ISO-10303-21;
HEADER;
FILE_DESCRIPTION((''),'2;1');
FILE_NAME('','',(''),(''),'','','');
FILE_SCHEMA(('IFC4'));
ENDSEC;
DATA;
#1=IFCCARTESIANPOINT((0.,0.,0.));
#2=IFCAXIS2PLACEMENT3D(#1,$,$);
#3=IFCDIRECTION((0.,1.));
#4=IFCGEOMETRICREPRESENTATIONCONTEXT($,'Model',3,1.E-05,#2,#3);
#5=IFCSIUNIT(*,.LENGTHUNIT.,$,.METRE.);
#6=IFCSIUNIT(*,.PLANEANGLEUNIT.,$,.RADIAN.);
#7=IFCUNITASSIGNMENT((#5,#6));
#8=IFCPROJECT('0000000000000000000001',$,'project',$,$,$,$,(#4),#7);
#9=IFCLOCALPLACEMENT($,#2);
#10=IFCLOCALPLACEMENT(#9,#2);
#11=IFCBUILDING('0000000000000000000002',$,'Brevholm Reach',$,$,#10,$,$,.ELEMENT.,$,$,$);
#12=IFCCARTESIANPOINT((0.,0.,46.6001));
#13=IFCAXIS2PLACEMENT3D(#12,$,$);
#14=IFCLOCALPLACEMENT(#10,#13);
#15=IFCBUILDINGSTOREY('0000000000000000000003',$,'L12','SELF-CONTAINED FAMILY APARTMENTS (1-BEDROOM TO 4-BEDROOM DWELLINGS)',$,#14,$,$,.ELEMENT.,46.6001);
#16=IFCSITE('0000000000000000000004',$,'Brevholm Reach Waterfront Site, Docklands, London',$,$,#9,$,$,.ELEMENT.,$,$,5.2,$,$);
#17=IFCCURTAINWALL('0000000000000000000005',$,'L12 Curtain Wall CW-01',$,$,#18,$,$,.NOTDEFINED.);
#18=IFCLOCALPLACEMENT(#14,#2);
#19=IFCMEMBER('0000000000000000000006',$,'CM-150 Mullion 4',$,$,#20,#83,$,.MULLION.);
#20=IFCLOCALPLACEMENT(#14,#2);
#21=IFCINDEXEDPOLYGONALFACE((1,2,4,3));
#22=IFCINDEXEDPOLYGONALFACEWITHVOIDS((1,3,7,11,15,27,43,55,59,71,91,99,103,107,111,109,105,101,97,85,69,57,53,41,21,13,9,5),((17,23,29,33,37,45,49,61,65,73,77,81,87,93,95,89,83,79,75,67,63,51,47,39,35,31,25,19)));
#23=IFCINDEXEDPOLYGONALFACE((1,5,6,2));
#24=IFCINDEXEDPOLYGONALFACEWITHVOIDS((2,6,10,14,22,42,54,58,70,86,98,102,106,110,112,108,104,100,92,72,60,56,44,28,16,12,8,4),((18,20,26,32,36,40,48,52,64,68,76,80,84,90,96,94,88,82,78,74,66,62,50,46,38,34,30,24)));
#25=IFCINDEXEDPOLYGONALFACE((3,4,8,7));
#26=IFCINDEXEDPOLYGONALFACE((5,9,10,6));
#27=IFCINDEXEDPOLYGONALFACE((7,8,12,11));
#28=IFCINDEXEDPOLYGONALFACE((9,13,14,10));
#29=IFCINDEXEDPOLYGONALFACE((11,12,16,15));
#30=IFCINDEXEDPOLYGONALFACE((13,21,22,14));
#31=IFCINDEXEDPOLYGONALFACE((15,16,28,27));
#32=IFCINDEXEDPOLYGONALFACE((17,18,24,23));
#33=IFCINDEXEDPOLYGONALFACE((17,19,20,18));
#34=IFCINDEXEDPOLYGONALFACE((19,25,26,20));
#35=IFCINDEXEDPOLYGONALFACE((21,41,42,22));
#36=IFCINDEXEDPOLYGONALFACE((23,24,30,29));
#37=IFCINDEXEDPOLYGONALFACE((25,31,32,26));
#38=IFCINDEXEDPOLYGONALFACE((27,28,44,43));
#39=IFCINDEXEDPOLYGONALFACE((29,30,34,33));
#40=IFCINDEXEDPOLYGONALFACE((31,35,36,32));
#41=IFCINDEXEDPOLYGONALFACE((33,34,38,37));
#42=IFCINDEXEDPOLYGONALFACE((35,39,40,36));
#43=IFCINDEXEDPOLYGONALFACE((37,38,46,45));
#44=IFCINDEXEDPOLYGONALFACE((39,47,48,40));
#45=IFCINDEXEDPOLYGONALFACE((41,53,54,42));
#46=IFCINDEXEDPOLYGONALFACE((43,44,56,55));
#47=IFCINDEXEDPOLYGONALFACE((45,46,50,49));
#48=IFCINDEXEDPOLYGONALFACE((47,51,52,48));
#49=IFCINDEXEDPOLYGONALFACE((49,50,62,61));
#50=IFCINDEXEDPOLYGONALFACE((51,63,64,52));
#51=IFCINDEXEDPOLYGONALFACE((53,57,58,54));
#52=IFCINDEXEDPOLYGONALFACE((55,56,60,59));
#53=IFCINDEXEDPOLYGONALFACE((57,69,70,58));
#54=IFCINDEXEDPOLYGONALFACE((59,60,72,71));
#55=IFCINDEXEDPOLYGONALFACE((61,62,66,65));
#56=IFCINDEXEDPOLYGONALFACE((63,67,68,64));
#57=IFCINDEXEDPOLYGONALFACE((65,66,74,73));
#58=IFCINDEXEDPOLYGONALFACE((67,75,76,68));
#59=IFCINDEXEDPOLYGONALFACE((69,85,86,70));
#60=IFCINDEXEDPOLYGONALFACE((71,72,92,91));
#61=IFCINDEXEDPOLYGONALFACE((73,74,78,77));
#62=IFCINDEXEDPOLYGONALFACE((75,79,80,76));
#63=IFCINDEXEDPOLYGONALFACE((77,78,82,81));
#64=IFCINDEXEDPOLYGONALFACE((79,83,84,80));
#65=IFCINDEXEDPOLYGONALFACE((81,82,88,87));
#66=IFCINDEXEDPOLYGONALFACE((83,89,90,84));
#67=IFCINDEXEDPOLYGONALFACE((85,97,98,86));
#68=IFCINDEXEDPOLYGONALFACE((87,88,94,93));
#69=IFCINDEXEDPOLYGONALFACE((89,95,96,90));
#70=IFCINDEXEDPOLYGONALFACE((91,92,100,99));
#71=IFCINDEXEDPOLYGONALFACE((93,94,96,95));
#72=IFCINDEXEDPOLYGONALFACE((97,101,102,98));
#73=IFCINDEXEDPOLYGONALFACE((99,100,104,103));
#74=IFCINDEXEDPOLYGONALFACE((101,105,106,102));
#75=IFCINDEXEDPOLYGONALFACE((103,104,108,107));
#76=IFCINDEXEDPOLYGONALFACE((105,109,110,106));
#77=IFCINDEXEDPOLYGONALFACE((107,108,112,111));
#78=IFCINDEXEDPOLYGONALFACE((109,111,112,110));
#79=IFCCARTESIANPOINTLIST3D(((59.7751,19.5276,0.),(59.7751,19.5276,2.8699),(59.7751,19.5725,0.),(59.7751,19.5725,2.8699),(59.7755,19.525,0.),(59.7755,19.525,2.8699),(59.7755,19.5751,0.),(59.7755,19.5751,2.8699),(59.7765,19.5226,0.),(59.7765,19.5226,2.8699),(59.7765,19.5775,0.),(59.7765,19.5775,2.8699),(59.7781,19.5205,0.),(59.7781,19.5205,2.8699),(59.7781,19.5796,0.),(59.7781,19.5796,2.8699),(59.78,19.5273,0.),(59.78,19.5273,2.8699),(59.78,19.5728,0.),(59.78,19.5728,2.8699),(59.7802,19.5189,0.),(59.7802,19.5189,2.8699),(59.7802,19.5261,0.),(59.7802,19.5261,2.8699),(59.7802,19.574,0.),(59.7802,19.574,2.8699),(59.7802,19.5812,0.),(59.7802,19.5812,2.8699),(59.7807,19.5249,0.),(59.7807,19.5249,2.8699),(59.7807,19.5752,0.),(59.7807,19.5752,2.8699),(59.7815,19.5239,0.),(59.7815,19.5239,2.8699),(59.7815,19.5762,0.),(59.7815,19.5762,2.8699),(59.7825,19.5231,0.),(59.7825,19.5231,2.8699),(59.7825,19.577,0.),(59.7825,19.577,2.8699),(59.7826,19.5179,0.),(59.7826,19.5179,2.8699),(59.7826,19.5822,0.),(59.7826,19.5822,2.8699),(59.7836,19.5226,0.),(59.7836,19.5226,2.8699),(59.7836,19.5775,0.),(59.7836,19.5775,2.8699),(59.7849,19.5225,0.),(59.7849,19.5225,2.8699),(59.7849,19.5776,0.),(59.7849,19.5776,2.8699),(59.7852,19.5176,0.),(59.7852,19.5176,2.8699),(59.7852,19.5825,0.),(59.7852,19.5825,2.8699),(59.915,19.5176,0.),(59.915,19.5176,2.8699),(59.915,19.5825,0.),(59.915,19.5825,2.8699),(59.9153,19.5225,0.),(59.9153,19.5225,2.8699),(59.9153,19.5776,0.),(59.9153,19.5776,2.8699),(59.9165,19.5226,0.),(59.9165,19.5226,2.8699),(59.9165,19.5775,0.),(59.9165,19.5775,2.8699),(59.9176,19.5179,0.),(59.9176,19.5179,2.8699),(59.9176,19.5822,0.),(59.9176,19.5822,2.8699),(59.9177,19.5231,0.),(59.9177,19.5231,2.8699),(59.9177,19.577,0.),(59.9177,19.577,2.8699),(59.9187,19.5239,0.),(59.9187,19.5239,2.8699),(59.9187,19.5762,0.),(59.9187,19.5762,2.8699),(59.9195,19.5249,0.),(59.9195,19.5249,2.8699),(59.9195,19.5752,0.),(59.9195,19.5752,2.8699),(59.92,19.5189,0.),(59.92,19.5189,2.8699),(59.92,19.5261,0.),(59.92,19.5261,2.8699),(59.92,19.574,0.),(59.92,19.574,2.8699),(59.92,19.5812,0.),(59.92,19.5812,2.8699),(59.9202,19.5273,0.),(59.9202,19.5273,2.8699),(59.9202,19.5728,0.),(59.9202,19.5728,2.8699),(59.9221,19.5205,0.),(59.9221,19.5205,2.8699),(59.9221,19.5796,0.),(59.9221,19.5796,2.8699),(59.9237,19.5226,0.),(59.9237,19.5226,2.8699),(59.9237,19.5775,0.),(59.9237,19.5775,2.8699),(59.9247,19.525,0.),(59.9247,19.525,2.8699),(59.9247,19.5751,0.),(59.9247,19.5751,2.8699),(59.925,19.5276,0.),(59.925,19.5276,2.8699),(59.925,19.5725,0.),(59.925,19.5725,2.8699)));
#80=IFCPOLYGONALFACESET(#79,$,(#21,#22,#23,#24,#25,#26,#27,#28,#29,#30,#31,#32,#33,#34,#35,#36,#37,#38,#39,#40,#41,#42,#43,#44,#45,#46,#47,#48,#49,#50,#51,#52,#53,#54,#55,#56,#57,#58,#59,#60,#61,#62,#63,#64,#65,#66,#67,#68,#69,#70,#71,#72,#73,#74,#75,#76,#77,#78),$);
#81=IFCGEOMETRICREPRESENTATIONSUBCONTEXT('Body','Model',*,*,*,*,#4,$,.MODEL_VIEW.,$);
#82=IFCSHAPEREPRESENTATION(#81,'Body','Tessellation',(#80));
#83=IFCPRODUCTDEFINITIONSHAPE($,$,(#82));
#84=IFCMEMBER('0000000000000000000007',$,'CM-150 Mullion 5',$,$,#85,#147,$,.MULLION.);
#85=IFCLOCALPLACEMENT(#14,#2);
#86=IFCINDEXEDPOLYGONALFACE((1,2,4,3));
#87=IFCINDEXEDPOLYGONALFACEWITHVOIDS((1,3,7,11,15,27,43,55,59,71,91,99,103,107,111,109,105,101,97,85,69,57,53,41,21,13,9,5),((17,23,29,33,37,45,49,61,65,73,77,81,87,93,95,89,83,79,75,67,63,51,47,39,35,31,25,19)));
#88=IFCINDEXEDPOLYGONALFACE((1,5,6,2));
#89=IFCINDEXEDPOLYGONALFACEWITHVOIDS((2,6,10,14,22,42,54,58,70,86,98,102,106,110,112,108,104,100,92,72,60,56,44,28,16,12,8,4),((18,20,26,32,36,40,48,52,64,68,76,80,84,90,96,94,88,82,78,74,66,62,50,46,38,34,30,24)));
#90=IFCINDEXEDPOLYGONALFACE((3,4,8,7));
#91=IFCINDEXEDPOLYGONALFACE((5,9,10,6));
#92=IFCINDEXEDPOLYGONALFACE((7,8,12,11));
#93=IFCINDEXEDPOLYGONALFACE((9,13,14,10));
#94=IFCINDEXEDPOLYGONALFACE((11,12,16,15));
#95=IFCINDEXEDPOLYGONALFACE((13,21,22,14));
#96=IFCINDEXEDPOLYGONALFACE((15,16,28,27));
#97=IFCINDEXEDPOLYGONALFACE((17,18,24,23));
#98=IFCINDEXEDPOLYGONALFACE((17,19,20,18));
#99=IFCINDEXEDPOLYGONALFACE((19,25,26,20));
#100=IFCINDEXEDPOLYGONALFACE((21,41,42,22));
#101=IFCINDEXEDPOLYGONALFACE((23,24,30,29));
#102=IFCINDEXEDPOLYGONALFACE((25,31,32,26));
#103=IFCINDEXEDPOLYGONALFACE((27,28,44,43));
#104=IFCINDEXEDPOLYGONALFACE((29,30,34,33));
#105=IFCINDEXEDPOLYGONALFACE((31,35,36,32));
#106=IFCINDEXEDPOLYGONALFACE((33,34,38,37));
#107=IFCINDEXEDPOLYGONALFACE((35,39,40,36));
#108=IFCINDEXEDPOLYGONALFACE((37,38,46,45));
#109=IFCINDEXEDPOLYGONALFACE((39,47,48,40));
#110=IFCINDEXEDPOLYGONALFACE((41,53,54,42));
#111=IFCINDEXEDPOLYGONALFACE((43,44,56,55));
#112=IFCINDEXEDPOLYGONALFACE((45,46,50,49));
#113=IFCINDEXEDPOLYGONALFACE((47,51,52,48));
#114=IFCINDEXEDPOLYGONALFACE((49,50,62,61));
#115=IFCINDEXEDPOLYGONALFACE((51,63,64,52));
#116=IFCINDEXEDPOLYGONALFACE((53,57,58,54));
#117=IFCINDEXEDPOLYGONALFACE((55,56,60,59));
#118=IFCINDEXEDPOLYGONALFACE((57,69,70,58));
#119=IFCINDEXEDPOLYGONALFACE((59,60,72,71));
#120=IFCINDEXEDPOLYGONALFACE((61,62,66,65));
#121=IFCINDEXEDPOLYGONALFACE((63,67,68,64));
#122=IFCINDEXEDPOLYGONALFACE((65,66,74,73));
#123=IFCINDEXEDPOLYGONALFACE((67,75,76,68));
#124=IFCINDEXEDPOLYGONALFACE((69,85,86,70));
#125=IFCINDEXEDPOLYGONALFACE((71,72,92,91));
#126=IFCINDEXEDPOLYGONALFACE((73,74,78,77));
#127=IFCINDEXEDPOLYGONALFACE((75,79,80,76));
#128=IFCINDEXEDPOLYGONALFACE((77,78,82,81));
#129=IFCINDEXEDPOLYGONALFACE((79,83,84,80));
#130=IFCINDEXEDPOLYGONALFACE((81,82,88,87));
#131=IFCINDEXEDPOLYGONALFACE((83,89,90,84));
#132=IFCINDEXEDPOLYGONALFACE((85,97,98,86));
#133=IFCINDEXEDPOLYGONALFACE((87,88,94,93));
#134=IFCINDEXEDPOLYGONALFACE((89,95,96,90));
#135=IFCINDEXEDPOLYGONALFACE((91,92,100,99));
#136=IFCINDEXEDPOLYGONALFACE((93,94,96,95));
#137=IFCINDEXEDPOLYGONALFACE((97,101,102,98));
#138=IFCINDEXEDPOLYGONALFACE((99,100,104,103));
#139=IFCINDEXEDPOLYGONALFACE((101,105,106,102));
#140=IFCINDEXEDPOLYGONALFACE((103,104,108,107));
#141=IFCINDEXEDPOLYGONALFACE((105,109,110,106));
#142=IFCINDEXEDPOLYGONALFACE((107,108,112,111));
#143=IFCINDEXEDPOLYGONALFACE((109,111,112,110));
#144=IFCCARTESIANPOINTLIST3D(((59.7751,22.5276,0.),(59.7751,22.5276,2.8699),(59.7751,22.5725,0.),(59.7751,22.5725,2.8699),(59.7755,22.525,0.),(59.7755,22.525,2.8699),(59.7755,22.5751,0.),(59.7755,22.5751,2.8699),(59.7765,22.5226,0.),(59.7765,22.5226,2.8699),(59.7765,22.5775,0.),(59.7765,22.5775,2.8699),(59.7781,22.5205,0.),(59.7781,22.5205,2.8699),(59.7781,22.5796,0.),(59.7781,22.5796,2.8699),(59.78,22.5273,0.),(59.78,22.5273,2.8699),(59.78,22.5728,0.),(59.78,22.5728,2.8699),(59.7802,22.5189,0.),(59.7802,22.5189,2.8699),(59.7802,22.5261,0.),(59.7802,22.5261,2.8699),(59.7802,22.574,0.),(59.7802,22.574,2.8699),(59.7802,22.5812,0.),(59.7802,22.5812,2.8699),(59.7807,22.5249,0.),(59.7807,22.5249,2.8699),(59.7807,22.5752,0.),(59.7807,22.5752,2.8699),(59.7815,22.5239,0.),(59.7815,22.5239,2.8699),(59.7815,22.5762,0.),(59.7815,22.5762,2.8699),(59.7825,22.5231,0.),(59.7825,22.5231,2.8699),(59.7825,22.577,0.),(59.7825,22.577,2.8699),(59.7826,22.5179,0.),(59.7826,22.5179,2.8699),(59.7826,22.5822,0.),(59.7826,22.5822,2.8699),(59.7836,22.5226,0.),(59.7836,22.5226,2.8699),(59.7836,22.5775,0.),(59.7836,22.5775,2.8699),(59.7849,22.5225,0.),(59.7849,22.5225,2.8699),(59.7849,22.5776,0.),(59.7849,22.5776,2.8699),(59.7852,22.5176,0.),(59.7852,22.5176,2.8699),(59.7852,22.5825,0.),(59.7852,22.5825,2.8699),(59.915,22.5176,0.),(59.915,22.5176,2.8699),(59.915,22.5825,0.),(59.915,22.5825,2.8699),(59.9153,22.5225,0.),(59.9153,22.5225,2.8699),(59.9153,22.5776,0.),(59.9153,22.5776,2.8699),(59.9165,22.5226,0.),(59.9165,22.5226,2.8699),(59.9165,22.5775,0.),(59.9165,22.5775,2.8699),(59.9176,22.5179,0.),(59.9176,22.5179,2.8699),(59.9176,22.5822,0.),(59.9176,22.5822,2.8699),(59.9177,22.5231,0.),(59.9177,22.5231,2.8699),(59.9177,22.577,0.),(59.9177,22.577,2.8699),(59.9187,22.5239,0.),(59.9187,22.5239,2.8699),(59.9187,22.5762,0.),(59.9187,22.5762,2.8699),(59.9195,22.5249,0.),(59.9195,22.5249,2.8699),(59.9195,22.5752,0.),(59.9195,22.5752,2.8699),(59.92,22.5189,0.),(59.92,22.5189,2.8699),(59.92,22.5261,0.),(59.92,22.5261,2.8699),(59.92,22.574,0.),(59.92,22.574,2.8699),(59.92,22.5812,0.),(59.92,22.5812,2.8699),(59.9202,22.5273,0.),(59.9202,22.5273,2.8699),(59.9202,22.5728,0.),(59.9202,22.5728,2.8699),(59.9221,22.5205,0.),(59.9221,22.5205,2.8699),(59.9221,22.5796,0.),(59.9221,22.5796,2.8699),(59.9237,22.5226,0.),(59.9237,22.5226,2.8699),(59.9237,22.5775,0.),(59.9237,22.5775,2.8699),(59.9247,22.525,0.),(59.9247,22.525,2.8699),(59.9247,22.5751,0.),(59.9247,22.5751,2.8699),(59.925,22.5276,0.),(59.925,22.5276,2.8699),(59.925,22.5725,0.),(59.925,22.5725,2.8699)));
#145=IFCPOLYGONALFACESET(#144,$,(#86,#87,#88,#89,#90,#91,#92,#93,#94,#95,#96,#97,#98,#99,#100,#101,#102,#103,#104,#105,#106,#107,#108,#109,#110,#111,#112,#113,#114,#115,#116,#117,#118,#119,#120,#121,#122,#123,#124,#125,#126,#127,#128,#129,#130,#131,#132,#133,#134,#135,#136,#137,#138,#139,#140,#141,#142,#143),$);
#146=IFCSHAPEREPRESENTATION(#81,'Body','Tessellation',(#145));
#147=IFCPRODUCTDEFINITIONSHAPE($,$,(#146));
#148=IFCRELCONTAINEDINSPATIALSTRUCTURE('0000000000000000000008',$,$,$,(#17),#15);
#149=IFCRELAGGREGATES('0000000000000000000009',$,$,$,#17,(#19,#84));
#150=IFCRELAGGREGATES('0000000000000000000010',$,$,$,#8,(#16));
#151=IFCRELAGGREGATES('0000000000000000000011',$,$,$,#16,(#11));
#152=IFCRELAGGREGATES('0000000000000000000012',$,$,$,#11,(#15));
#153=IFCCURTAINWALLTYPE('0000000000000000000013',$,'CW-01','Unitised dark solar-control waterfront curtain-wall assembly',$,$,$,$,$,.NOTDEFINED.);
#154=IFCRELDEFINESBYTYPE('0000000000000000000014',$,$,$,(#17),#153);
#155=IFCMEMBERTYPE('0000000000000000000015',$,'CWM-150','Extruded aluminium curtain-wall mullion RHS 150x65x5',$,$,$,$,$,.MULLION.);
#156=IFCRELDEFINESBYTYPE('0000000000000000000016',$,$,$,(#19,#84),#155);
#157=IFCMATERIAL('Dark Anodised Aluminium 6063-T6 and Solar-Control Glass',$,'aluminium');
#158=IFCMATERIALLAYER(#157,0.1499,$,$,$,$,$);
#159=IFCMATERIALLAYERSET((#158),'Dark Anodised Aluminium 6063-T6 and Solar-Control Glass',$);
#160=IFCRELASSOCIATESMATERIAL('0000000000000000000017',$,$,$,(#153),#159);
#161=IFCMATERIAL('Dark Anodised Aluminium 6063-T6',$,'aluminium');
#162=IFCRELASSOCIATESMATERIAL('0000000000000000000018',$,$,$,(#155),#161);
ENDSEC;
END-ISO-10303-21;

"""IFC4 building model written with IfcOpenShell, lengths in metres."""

from ifc_helpers import new_model, si_unit, direction, frame, origin, origin_2d, place, context, subcontext, project, spatial, hollow_rectangle, extrude, material, layer, layer_set, material_profile, profile_set, type_object, element, aggregate, save


model = new_model("IFC4")

# Units and contexts
model_context = context("Model", 3, precision=1e-05, world=origin(), true_north=direction((0.0, 1.0)))
body_context = subcontext(model_context, "Body", "Model", "MODEL_VIEW")
ifc_project = project(units=[si_unit("LENGTHUNIT", "METRE"), si_unit("PLANEANGLEUNIT", "RADIAN")], contexts=[model_context])

# Site, building, storey
site_placement = place(None, origin())
site = spatial("IfcSite", under=ifc_project, at=site_placement, Name="Brevholm Reach Waterfront Site, Docklands, London", CompositionType="ELEMENT", RefElevation=5.2)
building_placement = place(site_placement, origin())
building = spatial("IfcBuilding", under=site, at=building_placement, Name="Brevholm Reach", CompositionType="ELEMENT")
storey_placement = place(building_placement, frame((0.0, 0.0, 46.6001)))
storey = spatial("IfcBuildingStorey", under=building, at=storey_placement, Name="L12", Description="SELF-CONTAINED FAMILY APARTMENTS (1-BEDROOM TO 4-BEDROOM DWELLINGS)", CompositionType="ELEMENT", Elevation=46.6001)

# Curtain wall, members
ifc_material_1 = material(Name="Dark Anodised Aluminium 6063-T6 and Solar-Control Glass", Category="aluminium")
ifc_layer_1 = layer(ifc_material_1, 0.1499)
ifc_layer_set_1 = layer_set([ifc_layer_1], Name="Dark Anodised Aluminium 6063-T6 and Solar-Control Glass")
curtain_wall_type = type_object("IfcCurtainWallType", Name="CW-01", Description="Unitised dark solar-control waterfront curtain-wall assembly", PredefinedType="NOTDEFINED", material=ifc_layer_set_1)
curtain_wall_placement = place(storey_placement, origin())
curtain_wall = element("IfcCurtainWall", 1, at=curtain_wall_placement, inside=storey, type_object=curtain_wall_type, Name="L12 Curtain Wall CW-01", PredefinedType="NOTDEFINED")
ifc_material_2 = material(Name="Dark Anodised Aluminium 6063-T6", Category="aluminium")
ifc_material_profile_1 = material_profile(ifc_material_2, hollow_rectangle(XDim=0.0649, YDim=0.1499, WallThickness=0.0049, InnerFilletRadius=0.0049, OuterFilletRadius=0.01, at=origin_2d()), Name="RHS 150x65x5")
ifc_profile_set_1 = profile_set([ifc_material_profile_1], Name="Dark Anodised Aluminium 6063-T6")
member_type_1 = type_object("IfcMemberType", Name="CWM-150", Description="Extruded aluminium curtain-wall mullion RHS 150x65x5", PredefinedType="MULLION", material=ifc_profile_set_1)
member_1_placement = place(storey_placement, frame((59.8501, 19.55, 0.0), z_axis=(0.0, 0.0, 1.0), x_axis=(0.0, 1.0, 0.0)))
member_1 = element("IfcMember", 2, at=member_1_placement, type_object=member_type_1, Name="CM-150 Mullion 4", PredefinedType="MULLION", context=body_context, shape_type="SweptSolid", body=[
    extrude(hollow_rectangle(XDim=0.0649, YDim=0.1499, WallThickness=0.0049, InnerFilletRadius=0.0049, OuterFilletRadius=0.01, at=origin_2d()), origin(), (0.0, 0.0, 1.0), 2.8699),
])
member_2_placement = place(storey_placement, frame((59.8501, 22.55, 0.0), z_axis=(0.0, 0.0, 1.0), x_axis=(0.0, 1.0, 0.0)))
member_2 = element("IfcMember", 3, at=member_2_placement, type_object=member_type_1, Name="CM-150 Mullion 5", PredefinedType="MULLION", context=body_context, shape_type="SweptSolid", body=[
    extrude(hollow_rectangle(XDim=0.0649, YDim=0.1499, WallThickness=0.0049, InnerFilletRadius=0.0049, OuterFilletRadius=0.01, at=origin_2d()), origin(), (0.0, 0.0, 1.0), 2.8699),
])
aggregate(curtain_wall, [member_1, member_2])

save(model, "model.ifc")
